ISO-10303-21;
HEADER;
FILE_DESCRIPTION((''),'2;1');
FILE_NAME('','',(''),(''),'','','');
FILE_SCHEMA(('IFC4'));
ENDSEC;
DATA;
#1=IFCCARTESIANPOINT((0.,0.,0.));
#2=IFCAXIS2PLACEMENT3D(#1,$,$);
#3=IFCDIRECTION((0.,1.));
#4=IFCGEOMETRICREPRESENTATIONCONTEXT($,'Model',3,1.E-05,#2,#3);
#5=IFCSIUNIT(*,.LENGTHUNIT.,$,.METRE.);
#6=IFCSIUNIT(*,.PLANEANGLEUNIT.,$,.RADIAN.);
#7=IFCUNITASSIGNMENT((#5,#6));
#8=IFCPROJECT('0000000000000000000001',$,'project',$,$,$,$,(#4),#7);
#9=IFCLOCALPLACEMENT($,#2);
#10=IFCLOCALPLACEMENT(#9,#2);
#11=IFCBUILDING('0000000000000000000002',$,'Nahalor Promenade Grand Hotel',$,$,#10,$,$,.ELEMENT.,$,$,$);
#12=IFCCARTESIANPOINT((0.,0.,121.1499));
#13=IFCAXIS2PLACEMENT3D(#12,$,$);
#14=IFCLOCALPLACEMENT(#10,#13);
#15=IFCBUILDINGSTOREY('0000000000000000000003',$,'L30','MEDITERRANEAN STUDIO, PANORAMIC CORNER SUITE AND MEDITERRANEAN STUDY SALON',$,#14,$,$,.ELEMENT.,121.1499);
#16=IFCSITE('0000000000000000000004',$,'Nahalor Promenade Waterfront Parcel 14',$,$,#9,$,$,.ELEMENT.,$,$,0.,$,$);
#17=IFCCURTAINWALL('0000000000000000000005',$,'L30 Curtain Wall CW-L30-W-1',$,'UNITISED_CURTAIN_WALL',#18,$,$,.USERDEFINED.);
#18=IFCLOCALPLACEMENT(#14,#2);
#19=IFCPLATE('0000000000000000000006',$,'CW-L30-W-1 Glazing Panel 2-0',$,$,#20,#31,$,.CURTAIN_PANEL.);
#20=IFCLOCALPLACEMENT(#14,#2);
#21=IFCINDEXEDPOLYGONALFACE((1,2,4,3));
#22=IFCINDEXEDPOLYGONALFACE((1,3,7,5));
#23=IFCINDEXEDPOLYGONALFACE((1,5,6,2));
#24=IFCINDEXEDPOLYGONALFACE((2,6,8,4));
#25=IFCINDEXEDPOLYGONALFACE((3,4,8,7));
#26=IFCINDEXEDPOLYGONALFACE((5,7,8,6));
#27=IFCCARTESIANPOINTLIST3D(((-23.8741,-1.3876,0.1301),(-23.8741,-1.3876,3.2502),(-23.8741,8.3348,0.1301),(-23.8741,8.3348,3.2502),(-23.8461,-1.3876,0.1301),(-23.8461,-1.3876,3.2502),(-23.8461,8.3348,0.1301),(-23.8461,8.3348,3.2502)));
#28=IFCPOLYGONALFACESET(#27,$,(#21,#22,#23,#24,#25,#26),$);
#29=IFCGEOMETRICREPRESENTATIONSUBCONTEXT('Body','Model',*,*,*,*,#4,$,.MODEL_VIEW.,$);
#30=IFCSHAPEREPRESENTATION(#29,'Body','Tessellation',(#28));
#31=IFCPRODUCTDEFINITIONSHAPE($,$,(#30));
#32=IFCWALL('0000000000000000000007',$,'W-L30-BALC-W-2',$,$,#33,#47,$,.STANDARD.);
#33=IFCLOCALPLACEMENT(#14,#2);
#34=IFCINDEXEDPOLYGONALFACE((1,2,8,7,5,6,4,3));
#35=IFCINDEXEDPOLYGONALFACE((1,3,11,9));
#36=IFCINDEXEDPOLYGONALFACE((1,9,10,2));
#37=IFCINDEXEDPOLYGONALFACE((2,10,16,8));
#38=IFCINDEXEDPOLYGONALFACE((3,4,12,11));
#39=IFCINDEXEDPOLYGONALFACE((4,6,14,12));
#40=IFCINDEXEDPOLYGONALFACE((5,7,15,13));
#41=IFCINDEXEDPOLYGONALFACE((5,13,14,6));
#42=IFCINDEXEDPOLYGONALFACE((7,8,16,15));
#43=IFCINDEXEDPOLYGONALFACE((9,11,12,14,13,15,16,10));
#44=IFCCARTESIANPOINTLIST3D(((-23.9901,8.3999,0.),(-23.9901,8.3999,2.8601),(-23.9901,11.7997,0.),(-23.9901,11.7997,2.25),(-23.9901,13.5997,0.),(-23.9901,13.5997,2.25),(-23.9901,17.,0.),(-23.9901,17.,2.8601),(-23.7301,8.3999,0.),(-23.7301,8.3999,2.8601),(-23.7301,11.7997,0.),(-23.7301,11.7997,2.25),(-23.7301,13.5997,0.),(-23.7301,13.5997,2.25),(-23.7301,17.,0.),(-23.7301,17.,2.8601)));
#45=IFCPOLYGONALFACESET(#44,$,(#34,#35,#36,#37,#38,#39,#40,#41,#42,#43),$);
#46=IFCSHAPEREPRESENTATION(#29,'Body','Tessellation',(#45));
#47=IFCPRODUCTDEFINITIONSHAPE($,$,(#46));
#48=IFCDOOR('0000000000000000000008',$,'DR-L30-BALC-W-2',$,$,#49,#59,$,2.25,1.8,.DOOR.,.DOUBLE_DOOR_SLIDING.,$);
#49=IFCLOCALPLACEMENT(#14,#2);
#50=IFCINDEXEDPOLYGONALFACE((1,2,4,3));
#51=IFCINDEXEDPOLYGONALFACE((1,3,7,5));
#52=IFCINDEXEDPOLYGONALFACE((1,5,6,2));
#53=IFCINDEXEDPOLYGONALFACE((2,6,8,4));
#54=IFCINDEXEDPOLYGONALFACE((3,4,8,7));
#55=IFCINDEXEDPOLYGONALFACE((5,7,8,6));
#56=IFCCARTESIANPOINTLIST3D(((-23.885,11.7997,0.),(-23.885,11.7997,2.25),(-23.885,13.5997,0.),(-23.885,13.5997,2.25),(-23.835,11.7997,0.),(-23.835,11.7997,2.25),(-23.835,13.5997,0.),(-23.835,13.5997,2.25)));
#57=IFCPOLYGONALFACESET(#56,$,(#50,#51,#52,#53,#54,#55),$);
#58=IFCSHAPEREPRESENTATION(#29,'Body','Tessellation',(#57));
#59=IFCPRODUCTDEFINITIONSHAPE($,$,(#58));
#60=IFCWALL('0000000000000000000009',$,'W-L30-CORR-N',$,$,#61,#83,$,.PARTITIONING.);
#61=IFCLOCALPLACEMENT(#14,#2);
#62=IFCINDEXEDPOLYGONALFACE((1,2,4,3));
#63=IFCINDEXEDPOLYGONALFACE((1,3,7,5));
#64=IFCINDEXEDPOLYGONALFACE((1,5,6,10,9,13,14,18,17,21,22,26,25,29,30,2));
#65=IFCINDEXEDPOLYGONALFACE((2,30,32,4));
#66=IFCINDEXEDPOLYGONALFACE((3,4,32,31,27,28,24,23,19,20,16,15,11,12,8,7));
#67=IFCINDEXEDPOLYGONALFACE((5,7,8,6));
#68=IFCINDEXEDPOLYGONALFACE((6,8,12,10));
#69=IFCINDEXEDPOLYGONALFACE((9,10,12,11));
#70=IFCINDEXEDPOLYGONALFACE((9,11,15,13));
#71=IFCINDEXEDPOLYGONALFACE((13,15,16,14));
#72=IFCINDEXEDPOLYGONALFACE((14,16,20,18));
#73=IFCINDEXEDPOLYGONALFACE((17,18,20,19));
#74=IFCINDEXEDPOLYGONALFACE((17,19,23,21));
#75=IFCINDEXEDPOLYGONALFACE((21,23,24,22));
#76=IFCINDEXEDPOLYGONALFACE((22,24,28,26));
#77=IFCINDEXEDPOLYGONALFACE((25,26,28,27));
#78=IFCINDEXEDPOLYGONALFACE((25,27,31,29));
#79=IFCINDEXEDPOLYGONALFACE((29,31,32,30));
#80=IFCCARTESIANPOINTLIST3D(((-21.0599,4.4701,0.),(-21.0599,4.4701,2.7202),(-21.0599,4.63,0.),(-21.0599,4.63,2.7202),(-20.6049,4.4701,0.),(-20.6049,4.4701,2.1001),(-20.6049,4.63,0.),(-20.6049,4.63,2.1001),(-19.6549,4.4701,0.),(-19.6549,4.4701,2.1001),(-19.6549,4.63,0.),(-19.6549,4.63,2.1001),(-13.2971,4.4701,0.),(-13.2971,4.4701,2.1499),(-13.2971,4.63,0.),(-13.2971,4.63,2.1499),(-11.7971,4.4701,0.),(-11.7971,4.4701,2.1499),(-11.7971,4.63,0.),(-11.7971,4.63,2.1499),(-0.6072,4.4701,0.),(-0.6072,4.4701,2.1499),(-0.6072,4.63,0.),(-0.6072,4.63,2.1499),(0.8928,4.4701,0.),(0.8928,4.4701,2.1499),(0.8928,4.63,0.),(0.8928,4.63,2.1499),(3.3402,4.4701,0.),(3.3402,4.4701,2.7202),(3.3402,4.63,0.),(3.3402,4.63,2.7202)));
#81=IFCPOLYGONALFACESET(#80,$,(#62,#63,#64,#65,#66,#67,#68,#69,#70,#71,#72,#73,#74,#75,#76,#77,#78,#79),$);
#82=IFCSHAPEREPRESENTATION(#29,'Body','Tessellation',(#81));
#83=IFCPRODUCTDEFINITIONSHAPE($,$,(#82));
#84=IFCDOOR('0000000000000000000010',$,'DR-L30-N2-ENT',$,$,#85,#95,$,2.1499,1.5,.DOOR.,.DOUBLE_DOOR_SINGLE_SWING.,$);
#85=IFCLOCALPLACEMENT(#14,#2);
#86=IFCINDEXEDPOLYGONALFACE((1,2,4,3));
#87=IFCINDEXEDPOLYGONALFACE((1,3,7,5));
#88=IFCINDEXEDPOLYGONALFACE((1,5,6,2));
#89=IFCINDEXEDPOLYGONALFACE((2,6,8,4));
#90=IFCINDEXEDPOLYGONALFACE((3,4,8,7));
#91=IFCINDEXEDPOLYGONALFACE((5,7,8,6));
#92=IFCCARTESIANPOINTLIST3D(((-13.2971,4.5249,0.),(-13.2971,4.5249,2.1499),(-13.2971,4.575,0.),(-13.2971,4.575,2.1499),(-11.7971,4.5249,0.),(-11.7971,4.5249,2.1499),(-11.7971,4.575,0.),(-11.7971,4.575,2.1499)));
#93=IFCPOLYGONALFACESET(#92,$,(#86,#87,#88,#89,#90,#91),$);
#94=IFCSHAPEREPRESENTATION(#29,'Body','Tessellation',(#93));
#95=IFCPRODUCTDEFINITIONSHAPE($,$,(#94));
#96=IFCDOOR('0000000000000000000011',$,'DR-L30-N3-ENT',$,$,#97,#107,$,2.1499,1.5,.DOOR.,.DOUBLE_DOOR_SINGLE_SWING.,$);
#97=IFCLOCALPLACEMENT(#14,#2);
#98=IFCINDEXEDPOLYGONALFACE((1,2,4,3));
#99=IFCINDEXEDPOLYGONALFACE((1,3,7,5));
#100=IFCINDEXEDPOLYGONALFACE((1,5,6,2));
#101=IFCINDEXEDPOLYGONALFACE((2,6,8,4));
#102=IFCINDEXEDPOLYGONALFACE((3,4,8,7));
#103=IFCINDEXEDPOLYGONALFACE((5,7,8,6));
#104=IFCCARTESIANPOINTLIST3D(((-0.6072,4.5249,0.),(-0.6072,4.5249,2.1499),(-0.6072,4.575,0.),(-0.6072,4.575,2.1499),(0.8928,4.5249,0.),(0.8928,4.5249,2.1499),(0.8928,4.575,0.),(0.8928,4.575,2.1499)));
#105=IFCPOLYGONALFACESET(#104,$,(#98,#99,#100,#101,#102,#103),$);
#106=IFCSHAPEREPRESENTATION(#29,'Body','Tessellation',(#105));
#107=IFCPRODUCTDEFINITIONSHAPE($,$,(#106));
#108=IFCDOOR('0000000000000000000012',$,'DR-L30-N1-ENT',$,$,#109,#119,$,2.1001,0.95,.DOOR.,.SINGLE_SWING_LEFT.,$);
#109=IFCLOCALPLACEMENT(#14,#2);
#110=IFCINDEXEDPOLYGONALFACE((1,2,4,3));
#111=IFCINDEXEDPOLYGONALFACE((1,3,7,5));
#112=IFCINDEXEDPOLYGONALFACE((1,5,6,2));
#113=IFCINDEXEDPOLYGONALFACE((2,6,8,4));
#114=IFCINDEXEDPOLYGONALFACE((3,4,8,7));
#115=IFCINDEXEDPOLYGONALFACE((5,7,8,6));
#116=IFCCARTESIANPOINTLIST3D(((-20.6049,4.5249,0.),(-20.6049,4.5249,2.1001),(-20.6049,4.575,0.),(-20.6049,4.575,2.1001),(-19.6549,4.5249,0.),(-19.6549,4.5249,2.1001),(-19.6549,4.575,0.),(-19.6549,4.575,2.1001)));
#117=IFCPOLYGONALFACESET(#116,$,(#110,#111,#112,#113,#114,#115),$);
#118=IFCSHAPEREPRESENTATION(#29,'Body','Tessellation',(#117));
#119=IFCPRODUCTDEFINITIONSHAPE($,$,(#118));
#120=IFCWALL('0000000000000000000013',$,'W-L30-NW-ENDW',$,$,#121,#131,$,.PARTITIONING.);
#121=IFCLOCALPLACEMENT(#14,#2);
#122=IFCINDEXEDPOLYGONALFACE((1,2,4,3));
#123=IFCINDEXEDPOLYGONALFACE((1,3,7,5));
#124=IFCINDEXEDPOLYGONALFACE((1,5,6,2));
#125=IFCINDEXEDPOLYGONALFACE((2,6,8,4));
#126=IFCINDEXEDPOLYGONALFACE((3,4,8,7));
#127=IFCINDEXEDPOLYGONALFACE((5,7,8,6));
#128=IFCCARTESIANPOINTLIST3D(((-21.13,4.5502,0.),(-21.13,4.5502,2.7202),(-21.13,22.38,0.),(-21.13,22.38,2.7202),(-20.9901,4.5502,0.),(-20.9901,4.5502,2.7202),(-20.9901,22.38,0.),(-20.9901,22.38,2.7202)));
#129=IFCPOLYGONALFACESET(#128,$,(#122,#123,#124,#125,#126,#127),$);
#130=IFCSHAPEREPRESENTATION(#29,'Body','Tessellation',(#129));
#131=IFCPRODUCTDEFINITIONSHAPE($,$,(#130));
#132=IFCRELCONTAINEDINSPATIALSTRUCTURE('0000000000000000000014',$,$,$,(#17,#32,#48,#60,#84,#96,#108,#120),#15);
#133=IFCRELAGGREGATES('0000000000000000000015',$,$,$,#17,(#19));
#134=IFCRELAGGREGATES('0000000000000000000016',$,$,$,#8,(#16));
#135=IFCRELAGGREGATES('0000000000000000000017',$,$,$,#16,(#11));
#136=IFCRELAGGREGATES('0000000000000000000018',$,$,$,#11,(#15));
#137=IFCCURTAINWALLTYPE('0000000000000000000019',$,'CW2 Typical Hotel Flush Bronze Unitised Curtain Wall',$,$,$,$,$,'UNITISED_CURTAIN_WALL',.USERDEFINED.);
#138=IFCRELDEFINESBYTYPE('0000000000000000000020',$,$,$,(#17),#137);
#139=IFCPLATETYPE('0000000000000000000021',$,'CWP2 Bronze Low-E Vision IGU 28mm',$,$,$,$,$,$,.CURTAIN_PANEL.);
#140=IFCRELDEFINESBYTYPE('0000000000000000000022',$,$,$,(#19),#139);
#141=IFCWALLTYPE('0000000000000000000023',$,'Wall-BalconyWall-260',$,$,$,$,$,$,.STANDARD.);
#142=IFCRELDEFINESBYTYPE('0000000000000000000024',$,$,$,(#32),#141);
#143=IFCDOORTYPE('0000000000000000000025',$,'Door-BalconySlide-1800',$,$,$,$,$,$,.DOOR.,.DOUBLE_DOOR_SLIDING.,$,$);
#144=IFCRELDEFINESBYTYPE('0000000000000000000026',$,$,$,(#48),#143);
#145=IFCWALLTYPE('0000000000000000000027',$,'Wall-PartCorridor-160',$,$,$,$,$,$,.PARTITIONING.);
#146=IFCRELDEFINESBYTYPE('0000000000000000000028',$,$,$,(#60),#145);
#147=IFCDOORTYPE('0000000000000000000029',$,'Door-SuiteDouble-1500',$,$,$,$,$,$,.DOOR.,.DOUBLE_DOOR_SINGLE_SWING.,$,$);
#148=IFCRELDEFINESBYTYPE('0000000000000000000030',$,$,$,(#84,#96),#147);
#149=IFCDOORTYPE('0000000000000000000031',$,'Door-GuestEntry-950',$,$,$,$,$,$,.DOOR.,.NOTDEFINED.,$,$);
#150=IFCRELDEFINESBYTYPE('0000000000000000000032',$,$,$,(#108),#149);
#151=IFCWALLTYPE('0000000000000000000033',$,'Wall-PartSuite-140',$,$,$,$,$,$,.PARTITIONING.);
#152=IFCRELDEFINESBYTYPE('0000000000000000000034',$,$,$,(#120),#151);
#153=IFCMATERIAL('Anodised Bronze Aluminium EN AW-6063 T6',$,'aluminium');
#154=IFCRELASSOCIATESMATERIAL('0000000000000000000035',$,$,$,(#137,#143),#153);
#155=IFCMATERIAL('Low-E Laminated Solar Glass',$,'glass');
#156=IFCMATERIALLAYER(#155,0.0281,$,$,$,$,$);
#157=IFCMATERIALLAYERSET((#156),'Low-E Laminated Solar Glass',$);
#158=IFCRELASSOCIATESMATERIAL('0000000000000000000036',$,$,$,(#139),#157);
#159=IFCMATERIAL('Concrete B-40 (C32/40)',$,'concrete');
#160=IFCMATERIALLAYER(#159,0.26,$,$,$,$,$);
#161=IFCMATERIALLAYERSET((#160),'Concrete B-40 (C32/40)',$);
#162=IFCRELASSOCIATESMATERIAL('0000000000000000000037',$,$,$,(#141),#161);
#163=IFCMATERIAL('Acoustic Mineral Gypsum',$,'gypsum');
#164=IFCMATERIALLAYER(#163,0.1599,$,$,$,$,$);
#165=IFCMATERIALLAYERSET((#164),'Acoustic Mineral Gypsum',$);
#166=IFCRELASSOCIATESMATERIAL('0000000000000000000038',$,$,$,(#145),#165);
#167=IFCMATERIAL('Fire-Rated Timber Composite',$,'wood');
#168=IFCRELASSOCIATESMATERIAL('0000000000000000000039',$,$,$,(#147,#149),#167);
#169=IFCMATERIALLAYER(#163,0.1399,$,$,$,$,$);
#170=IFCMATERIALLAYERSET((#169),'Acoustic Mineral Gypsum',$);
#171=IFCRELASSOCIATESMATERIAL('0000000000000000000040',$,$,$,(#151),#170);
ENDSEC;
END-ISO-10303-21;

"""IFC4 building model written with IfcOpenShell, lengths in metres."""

from ifc_helpers import new_model, si_unit, direction, frame, frame_2d, origin, origin_2d, place, context, subcontext, project, spatial, rectangle, extrude, source, transform, mapped, material, layer, layer_set, type_object, element, fill, aggregate, save


model = new_model("IFC4")

# Units and contexts
model_context = context("Model", 3, precision=1e-05, world=origin(), true_north=direction((0.0, 1.0)))
body_context = subcontext(model_context, "Body", "Model", "MODEL_VIEW")
ifc_project = project(units=[si_unit("LENGTHUNIT", "METRE"), si_unit("PLANEANGLEUNIT", "RADIAN")], contexts=[model_context])

# Site, building, storey
site_placement = place(None, origin())
site = spatial("IfcSite", under=ifc_project, at=site_placement, Name="Nahalor Promenade Waterfront Parcel 14", CompositionType="ELEMENT", RefElevation=0.0)
building_placement = place(site_placement, origin())
building = spatial("IfcBuilding", under=site, at=building_placement, Name="Nahalor Promenade Grand Hotel", CompositionType="ELEMENT")
storey_placement = place(building_placement, frame((0.0, 0.0, 121.1499)))
storey = spatial("IfcBuildingStorey", under=building, at=storey_placement, Name="L30", Description="MEDITERRANEAN STUDIO, PANORAMIC CORNER SUITE AND MEDITERRANEAN STUDY SALON", CompositionType="ELEMENT", Elevation=121.1499)

# Curtain wall, plate
ifc_material_1 = material(Name="Anodised Bronze Aluminium EN AW-6063 T6", Category="aluminium")
curtain_wall_type = type_object("IfcCurtainWallType", Name="CW2 Typical Hotel Flush Bronze Unitised Curtain Wall", ElementType="UNITISED_CURTAIN_WALL", PredefinedType="USERDEFINED", material=ifc_material_1)
curtain_wall_placement = place(storey_placement, origin())
curtain_wall = element("IfcCurtainWall", 1, at=curtain_wall_placement, inside=storey, type_object=curtain_wall_type, Name="L30 Curtain Wall CW-L30-W-1", ObjectType="UNITISED_CURTAIN_WALL", PredefinedType="USERDEFINED")
ifc_material_2 = material(Name="Low-E Laminated Solar Glass", Category="glass")
ifc_layer_1 = layer(ifc_material_2, 0.0281)
ifc_layer_set_1 = layer_set([ifc_layer_1], Name="Low-E Laminated Solar Glass")
plate_type = type_object("IfcPlateType", Name="CWP2 Bronze Low-E Vision IGU 28mm", PredefinedType="CURTAIN_PANEL", material=ifc_layer_set_1)
shared_shape_1 = source(origin(), body_context, "Body", "SweptSolid", [
    extrude(rectangle(XDim=9.7224, YDim=0.0281, at=origin_2d()), origin(), (0.0, 0.0, 1.0), 3.1201),
])
plate_placement = place(storey_placement, frame((-23.8601, 3.4736, 0.1301), z_axis=(0.0, 0.0, 1.0), x_axis=(0.0, 1.0, 0.0)))
plate = element("IfcPlate", 2, at=plate_placement, type_object=plate_type, Name="CW-L30-W-1 Glazing Panel 2-0", PredefinedType="CURTAIN_PANEL", context=body_context, shape_type="MappedRepresentation", body=[
    mapped(shared_shape_1, transform((0.0, 0.0, 0.0), scale=1.0)),
])
aggregate(curtain_wall, [plate])

# Wall, opening, door
ifc_material_3 = material(Name="Concrete B-40 (C32/40)", Category="concrete")
ifc_layer_2 = layer(ifc_material_3, 0.26)
ifc_layer_set_2 = layer_set([ifc_layer_2], Name="Concrete B-40 (C32/40)")
wall_type_1 = type_object("IfcWallType", Name="Wall-BalconyWall-260", PredefinedType="STANDARD", material=ifc_layer_set_2)
shared_shape_2 = source(origin(), body_context, "Body", "SweptSolid", [
    extrude(rectangle(XDim=8.6001, YDim=0.26, at=frame_2d((4.3, 0.0))), origin(), (0.0, 0.0, 1.0), 2.8601),
])
wall_1_placement = place(storey_placement, frame((-23.8601, 8.3999, 0.0), z_axis=(0.0, 0.0, 1.0), x_axis=(0.0, 1.0, 0.0)))
wall_1 = element("IfcWall", 3, at=wall_1_placement, inside=storey, type_object=wall_type_1, Name="W-L30-BALC-W-2", PredefinedType="STANDARD", context=body_context, shape_type="MappedRepresentation", body=[
    mapped(shared_shape_2, transform((0.0, 0.0, 0.0), scale=1.0)),
])
opening_1_placement = place(wall_1_placement, frame((3.3999, 0.0, 0.0)))
opening_1 = element("IfcOpeningElement", 4, at=opening_1_placement, cuts=wall_1, PredefinedType="OPENING", context=body_context, shape_type="SweptSolid", body=[
    extrude(rectangle(XDim=1.8, YDim=2.25, at=frame_2d((0.8999, 1.125))), frame((0.0, 0.1399, 0.0), z_axis=(0.0, -1.0, 0.0), x_axis=(1.0, 0.0, 0.0)), (0.0, 0.0, 1.0), 0.28),
])
door_type_1 = type_object("IfcDoorType", Name="Door-BalconySlide-1800", OperationType="DOUBLE_DOOR_SLIDING", PredefinedType="DOOR", material=ifc_material_1)
shared_shape_3 = source(origin(), body_context, "Body", "SweptSolid", [
    extrude(rectangle(XDim=1.8, YDim=2.25, at=frame_2d((0.8999, 1.125))), frame((0.0, 0.0249, 0.0), z_axis=(0.0, -1.0, 0.0), x_axis=(1.0, 0.0, 0.0)), (0.0, 0.0, 1.0), 0.05),
])
door_1_placement = place(opening_1_placement, origin())
door_1 = element("IfcDoor", 5, at=door_1_placement, inside=storey, type_object=door_type_1, Name="DR-L30-BALC-W-2", OperationType="DOUBLE_DOOR_SLIDING", OverallHeight=2.25, OverallWidth=1.8, PredefinedType="DOOR", context=body_context, shape_type="MappedRepresentation", body=[
    mapped(shared_shape_3, transform((0.0, 0.0, 0.0), scale=1.0)),
])
fill(opening_1, door_1)

# Wall, openings, doors
ifc_material_4 = material(Name="Acoustic Mineral Gypsum", Category="gypsum")
ifc_layer_3 = layer(ifc_material_4, 0.1599)
ifc_layer_set_3 = layer_set([ifc_layer_3], Name="Acoustic Mineral Gypsum")
wall_type_2 = type_object("IfcWallType", Name="Wall-PartCorridor-160", PredefinedType="PARTITIONING", material=ifc_layer_set_3)
shared_shape_4 = source(origin(), body_context, "Body", "SweptSolid", [
    extrude(rectangle(XDim=24.4001, YDim=0.1599, at=frame_2d((12.2002, 0.0))), origin(), (0.0, 0.0, 1.0), 2.7202),
])
wall_2_placement = place(storey_placement, frame((-21.0601, 4.55, 0.0), z_axis=(0.0, 0.0, 1.0), x_axis=(1.0, 0.0, 0.0)))
wall_2 = element("IfcWall", 6, at=wall_2_placement, inside=storey, type_object=wall_type_2, Name="W-L30-CORR-N", PredefinedType="PARTITIONING", context=body_context, shape_type="MappedRepresentation", body=[
    mapped(shared_shape_4, transform((0.0, 0.0, 0.0), scale=1.0)),
])
opening_2_placement = place(wall_2_placement, frame((0.4551, 0.0, 0.0)))
opening_2 = element("IfcOpeningElement", 7, at=opening_2_placement, cuts=wall_2, PredefinedType="OPENING", context=body_context, shape_type="SweptSolid", body=[
    extrude(rectangle(XDim=0.95, YDim=2.1001, at=frame_2d((0.4751, 1.05))), frame((0.0, 0.0898, 0.0), z_axis=(0.0, -1.0, 0.0), x_axis=(1.0, 0.0, 0.0)), (0.0, 0.0, 1.0), 0.1799),
])
opening_3_placement = place(wall_2_placement, frame((7.7629, 0.0, 0.0)))
opening_3 = element("IfcOpeningElement", 8, at=opening_3_placement, cuts=wall_2, PredefinedType="OPENING", context=body_context, shape_type="SweptSolid", body=[
    extrude(rectangle(XDim=1.5, YDim=2.1499, at=frame_2d((0.75, 1.075))), frame((0.0, 0.0898, 0.0), z_axis=(0.0, -1.0, 0.0), x_axis=(1.0, 0.0, 0.0)), (0.0, 0.0, 1.0), 0.1799),
])
opening_4_placement = place(wall_2_placement, frame((20.4529, 0.0, 0.0)))
opening_4 = element("IfcOpeningElement", 9, at=opening_4_placement, cuts=wall_2, PredefinedType="OPENING", context=body_context, shape_type="SweptSolid", body=[
    extrude(rectangle(XDim=1.5, YDim=2.1499, at=frame_2d((0.75, 1.075))), frame((0.0, 0.0898, 0.0), z_axis=(0.0, -1.0, 0.0), x_axis=(1.0, 0.0, 0.0)), (0.0, 0.0, 1.0), 0.1799),
])
ifc_material_5 = material(Name="Fire-Rated Timber Composite", Category="wood")
door_type_2 = type_object("IfcDoorType", Name="Door-SuiteDouble-1500", OperationType="DOUBLE_DOOR_SINGLE_SWING", PredefinedType="DOOR", material=ifc_material_5)
shared_shape_5 = source(origin(), body_context, "Body", "SweptSolid", [
    extrude(rectangle(XDim=1.5, YDim=2.1499, at=frame_2d((0.75, 1.075))), frame((0.0, 0.0249, 0.0), z_axis=(0.0, -1.0, 0.0), x_axis=(1.0, 0.0, 0.0)), (0.0, 0.0, 1.0), 0.05),
])
door_2_placement = place(opening_3_placement, origin())
door_2 = element("IfcDoor", 10, at=door_2_placement, inside=storey, type_object=door_type_2, Name="DR-L30-N2-ENT", OperationType="DOUBLE_DOOR_SINGLE_SWING", OverallHeight=2.1499, OverallWidth=1.5, PredefinedType="DOOR", context=body_context, shape_type="MappedRepresentation", body=[
    mapped(shared_shape_5, transform((0.0, 0.0, 0.0), scale=1.0)),
])
fill(opening_3, door_2)
door_3_placement = place(opening_4_placement, origin())
door_3 = element("IfcDoor", 11, at=door_3_placement, inside=storey, type_object=door_type_2, Name="DR-L30-N3-ENT", OperationType="DOUBLE_DOOR_SINGLE_SWING", OverallHeight=2.1499, OverallWidth=1.5, PredefinedType="DOOR", context=body_context, shape_type="MappedRepresentation", body=[
    mapped(shared_shape_5, transform((0.0, 0.0, 0.0), scale=1.0)),
])
fill(opening_4, door_3)
door_type_3 = type_object("IfcDoorType", Name="Door-GuestEntry-950", OperationType="NOTDEFINED", PredefinedType="DOOR", material=ifc_material_5)
shared_shape_6 = source(origin(), body_context, "Body", "SweptSolid", [
    extrude(rectangle(XDim=0.95, YDim=2.1001, at=frame_2d((0.4751, 1.05))), frame((0.0, 0.0249, 0.0), z_axis=(0.0, -1.0, 0.0), x_axis=(1.0, 0.0, 0.0)), (0.0, 0.0, 1.0), 0.05),
])
door_4_placement = place(opening_2_placement, origin())
door_4 = element("IfcDoor", 12, at=door_4_placement, inside=storey, type_object=door_type_3, Name="DR-L30-N1-ENT", OperationType="SINGLE_SWING_LEFT", OverallHeight=2.1001, OverallWidth=0.95, PredefinedType="DOOR", context=body_context, shape_type="MappedRepresentation", body=[
    mapped(shared_shape_6, transform((0.0, 0.0, 0.0), scale=1.0)),
])
fill(opening_2, door_4)

# Wall
ifc_layer_4 = layer(ifc_material_4, 0.1399)
ifc_layer_set_4 = layer_set([ifc_layer_4], Name="Acoustic Mineral Gypsum")
wall_type_3 = type_object("IfcWallType", Name="Wall-PartSuite-140", PredefinedType="PARTITIONING", material=ifc_layer_set_4)
shared_shape_7 = source(origin(), body_context, "Body", "SweptSolid", [
    extrude(rectangle(XDim=17.8298, YDim=0.1399, at=frame_2d((8.915, 0.0))), origin(), (0.0, 0.0, 1.0), 2.7202),
])
wall_3_placement = place(storey_placement, frame((-21.0601, 4.55, 0.0), z_axis=(0.0, 0.0, 1.0), x_axis=(0.0, 1.0, 0.0)))
element("IfcWall", 13, at=wall_3_placement, inside=storey, type_object=wall_type_3, Name="W-L30-NW-ENDW", PredefinedType="PARTITIONING", context=body_context, shape_type="MappedRepresentation", body=[
    mapped(shared_shape_7, transform((0.0, 0.0, 0.0), scale=1.0)),
])

save(model, "model.ifc")
